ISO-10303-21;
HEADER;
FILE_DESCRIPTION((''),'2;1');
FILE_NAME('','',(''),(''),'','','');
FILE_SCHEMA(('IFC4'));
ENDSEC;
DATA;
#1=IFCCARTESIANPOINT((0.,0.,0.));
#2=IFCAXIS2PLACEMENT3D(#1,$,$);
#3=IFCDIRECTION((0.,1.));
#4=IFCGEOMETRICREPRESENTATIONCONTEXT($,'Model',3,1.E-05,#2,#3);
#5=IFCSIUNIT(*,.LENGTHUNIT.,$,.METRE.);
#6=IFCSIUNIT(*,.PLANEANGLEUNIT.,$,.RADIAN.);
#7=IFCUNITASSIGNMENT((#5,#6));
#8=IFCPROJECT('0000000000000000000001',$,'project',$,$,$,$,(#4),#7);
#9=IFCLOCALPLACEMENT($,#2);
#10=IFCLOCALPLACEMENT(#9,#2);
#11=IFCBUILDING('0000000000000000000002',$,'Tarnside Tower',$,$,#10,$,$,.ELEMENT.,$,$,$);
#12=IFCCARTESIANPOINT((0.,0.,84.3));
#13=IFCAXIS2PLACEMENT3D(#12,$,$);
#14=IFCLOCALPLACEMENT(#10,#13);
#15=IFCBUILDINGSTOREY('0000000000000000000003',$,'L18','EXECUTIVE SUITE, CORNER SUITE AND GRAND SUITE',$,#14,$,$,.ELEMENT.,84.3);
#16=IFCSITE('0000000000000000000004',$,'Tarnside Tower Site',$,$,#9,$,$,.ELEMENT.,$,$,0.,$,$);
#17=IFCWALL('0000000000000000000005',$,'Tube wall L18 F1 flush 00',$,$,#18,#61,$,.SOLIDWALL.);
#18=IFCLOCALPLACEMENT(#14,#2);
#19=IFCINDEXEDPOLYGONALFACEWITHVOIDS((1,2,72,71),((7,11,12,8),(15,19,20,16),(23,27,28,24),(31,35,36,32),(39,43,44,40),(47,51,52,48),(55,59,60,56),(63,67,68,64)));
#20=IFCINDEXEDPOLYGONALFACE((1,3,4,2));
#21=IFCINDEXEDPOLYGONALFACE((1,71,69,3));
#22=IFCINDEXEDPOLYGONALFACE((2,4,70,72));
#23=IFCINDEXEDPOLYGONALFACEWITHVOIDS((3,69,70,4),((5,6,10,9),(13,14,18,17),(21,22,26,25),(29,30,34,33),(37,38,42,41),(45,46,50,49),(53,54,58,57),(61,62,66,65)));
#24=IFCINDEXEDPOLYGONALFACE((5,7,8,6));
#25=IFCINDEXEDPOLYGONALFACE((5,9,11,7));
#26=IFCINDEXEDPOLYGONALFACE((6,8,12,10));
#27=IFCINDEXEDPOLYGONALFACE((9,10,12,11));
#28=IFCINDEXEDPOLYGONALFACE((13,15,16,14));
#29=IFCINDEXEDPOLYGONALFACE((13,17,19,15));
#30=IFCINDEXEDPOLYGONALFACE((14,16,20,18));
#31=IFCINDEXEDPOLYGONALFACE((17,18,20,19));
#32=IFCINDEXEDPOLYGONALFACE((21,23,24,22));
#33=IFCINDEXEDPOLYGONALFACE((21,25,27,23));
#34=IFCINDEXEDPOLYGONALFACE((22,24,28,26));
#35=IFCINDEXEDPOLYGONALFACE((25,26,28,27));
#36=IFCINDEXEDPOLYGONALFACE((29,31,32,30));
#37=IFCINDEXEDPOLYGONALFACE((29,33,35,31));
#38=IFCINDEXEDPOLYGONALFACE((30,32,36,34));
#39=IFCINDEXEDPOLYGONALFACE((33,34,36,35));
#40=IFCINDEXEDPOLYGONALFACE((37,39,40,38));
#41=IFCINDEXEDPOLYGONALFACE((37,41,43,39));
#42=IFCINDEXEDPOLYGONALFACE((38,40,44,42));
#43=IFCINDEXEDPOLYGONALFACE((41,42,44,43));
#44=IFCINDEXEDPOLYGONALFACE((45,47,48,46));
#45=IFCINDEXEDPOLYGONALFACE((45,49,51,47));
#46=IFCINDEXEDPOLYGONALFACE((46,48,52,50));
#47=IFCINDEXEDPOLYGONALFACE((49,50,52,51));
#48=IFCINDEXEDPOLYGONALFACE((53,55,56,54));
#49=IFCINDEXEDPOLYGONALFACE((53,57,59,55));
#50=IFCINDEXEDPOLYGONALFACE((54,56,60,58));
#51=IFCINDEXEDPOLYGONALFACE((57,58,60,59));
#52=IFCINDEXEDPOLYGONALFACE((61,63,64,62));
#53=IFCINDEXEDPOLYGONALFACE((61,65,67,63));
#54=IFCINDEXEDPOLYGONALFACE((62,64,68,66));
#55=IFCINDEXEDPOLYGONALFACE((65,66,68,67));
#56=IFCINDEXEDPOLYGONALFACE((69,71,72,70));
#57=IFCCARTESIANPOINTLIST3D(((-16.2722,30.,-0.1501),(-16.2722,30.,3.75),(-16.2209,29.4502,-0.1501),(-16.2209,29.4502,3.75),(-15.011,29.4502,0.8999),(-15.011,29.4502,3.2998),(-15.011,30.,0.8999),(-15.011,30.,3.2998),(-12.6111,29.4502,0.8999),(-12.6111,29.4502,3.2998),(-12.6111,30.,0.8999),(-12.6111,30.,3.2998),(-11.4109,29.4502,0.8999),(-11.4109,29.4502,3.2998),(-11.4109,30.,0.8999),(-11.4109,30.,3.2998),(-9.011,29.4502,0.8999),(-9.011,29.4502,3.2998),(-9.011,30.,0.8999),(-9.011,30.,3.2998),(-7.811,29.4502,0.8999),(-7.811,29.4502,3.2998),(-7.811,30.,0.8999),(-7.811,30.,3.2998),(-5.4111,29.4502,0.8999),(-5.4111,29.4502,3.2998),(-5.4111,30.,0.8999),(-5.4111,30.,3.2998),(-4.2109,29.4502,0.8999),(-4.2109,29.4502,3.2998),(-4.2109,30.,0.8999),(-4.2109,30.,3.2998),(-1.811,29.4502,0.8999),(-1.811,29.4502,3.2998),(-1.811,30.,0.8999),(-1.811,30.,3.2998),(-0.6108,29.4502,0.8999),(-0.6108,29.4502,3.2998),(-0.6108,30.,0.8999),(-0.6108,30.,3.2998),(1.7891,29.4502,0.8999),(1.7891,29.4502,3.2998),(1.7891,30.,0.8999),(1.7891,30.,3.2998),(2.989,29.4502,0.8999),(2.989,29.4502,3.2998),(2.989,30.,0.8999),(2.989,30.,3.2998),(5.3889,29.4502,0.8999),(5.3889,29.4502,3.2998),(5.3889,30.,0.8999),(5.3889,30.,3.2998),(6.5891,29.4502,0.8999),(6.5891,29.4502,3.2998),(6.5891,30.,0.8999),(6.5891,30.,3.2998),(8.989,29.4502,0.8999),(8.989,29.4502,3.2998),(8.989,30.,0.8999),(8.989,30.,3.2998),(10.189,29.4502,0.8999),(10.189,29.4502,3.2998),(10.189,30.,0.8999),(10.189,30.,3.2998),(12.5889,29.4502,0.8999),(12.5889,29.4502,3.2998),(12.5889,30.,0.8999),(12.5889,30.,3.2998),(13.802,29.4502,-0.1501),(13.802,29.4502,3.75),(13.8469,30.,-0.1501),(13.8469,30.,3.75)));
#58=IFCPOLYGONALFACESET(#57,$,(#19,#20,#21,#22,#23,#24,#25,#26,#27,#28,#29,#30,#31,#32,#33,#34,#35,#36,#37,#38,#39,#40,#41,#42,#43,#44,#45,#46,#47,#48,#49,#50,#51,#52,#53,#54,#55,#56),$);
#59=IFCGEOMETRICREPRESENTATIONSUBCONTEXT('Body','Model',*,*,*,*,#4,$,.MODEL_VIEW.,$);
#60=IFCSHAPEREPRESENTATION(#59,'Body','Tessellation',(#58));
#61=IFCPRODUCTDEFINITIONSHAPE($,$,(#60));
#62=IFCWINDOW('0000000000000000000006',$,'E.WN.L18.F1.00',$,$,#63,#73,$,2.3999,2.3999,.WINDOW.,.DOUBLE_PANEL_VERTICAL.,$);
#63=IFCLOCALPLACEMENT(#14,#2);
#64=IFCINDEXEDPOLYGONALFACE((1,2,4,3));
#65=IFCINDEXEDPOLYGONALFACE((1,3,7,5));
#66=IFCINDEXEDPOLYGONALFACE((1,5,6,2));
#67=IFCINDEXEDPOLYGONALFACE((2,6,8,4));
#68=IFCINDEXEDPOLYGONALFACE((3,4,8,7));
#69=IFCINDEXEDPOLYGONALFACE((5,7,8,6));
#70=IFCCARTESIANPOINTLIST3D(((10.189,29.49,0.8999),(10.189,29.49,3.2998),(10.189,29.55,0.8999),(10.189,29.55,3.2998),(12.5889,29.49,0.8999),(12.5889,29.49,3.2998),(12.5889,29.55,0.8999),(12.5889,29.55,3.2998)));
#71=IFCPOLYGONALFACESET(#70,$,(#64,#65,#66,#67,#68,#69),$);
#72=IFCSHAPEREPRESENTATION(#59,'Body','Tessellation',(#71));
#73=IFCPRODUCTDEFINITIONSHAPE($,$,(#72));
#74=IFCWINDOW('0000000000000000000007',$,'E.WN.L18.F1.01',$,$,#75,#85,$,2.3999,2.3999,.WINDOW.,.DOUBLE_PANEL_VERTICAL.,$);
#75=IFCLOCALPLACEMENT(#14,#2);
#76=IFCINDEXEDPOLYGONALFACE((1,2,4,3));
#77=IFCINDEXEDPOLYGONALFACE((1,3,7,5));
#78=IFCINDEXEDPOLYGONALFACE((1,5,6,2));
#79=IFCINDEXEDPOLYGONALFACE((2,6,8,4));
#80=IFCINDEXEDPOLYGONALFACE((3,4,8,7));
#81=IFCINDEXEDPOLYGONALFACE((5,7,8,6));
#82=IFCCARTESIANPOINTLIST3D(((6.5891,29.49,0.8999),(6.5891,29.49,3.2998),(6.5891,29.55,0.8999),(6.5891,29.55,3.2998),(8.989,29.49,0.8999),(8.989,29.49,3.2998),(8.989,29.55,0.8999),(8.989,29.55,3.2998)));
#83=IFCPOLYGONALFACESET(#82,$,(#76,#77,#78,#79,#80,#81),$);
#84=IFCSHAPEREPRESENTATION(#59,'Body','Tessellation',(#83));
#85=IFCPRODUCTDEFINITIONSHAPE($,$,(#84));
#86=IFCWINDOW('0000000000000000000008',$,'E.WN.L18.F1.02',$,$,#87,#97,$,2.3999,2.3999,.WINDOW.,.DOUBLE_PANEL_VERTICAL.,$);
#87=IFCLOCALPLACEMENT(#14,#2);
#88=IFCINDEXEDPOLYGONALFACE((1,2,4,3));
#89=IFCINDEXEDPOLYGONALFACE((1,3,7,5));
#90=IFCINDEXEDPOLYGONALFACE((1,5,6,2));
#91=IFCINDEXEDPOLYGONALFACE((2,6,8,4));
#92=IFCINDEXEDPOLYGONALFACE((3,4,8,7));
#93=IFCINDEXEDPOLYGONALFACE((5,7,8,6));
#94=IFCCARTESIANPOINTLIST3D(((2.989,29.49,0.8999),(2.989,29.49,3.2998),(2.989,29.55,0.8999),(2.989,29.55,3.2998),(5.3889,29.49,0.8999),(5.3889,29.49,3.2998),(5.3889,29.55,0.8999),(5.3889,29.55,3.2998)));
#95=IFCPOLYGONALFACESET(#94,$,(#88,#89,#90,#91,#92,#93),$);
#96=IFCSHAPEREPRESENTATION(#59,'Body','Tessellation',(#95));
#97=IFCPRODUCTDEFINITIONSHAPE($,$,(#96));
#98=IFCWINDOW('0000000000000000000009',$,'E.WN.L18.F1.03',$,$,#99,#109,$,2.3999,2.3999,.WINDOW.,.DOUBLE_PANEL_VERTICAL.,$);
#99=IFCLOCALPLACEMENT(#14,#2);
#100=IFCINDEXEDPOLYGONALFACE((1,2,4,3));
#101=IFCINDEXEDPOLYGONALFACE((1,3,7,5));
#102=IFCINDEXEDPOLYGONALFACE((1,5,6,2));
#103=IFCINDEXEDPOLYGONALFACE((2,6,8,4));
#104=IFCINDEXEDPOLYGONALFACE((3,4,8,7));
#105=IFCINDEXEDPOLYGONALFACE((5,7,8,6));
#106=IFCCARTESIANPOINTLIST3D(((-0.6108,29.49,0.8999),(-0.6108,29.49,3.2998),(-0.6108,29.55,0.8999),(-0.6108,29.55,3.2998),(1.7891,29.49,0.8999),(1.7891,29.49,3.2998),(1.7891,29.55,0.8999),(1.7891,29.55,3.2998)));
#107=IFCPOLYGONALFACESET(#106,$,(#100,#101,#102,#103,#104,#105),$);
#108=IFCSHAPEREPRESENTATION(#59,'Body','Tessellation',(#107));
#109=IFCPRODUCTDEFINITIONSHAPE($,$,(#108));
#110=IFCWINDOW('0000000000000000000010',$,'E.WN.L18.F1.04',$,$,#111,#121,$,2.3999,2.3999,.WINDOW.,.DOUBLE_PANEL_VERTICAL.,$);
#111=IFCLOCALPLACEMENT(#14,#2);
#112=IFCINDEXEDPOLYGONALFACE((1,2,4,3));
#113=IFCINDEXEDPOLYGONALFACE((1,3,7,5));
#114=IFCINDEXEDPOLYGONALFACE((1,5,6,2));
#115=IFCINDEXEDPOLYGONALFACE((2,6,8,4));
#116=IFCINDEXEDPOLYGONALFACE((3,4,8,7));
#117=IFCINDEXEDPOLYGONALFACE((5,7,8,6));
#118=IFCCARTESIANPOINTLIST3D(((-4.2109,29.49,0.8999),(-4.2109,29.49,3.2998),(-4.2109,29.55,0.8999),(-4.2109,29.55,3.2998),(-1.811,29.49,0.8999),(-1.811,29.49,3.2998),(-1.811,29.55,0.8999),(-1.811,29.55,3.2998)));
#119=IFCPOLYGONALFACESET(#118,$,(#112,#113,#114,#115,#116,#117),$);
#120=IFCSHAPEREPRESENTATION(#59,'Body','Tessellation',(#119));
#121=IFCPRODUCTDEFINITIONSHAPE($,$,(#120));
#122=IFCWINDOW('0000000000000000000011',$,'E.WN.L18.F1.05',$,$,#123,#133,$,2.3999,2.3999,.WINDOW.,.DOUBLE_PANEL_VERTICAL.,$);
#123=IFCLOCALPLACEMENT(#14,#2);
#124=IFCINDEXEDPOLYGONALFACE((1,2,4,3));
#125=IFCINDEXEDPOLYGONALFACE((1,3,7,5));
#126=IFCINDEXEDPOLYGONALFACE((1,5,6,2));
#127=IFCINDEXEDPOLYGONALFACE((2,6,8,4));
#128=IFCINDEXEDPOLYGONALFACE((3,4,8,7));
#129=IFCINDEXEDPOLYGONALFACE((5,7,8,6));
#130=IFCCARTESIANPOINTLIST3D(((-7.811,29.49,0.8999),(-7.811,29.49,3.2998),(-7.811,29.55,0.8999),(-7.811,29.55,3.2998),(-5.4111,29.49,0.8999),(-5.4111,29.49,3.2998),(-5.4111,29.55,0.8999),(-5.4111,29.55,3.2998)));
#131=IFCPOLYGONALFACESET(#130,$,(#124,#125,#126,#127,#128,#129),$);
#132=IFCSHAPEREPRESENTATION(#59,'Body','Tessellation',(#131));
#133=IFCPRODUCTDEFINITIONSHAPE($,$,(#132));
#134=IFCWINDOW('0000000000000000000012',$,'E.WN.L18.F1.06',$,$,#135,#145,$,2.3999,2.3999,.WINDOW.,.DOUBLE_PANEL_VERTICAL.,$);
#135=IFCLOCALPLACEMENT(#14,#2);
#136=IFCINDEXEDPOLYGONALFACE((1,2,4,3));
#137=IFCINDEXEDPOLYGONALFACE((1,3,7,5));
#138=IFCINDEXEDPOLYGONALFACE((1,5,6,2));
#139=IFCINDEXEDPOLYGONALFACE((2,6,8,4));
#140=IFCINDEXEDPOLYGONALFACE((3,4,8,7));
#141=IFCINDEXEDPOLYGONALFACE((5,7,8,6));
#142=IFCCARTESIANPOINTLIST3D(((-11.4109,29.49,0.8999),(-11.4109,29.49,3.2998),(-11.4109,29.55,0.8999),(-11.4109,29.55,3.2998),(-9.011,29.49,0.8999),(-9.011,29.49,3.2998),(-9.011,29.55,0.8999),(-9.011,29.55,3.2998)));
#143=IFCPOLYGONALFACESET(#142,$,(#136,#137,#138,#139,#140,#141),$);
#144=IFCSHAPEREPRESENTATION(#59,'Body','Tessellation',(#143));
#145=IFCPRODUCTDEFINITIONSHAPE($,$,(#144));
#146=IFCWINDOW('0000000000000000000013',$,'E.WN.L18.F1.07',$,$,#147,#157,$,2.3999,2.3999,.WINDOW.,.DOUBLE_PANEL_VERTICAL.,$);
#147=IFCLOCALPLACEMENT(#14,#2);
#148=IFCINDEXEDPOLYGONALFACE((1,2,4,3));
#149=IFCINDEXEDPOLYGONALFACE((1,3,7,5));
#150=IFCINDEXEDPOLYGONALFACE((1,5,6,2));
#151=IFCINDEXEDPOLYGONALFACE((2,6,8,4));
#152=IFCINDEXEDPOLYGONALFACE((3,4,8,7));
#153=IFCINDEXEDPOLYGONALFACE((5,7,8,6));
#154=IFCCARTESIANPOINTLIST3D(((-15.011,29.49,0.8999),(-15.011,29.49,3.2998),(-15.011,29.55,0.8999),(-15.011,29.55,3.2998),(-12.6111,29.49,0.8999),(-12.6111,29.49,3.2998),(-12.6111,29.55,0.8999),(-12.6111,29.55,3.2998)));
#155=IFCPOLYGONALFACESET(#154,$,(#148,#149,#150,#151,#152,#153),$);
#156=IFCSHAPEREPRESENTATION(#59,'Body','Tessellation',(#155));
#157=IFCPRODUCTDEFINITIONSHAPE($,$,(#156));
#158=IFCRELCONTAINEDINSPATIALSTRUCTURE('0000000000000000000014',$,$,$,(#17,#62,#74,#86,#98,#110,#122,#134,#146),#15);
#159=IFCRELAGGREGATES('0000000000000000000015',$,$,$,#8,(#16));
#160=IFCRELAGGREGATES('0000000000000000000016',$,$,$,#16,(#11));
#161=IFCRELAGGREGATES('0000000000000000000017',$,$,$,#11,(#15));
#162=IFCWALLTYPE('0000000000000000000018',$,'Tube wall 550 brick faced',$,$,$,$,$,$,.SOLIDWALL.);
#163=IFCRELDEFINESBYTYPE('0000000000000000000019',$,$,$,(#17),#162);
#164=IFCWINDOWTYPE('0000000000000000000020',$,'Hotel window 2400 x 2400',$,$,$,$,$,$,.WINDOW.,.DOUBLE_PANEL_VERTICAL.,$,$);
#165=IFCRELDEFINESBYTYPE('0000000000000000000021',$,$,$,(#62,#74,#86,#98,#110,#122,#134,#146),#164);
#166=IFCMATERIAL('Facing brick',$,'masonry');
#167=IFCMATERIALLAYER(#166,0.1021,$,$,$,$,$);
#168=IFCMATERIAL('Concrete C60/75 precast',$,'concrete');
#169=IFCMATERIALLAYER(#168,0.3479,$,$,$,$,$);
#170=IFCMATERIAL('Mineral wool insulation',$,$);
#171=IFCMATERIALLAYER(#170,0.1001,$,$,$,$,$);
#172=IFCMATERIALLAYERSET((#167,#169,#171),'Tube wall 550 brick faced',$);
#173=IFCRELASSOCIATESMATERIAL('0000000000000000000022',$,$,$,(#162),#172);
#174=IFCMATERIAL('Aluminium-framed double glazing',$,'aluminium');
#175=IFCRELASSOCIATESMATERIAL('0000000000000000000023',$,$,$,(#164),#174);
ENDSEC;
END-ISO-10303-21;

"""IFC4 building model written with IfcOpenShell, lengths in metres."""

from ifc_helpers import new_model, si_unit, direction, frame, frame_2d, origin, place, context, subcontext, project, spatial, polyline, rectangle, outline, extrude, material, layer, layer_set, type_object, element, fill, save


model = new_model("IFC4")

# Units and contexts
model_context = context("Model", 3, precision=1e-05, world=origin(), true_north=direction((0.0, 1.0)))
body_context = subcontext(model_context, "Body", "Model", "MODEL_VIEW")
ifc_project = project(units=[si_unit("LENGTHUNIT", "METRE"), si_unit("PLANEANGLEUNIT", "RADIAN")], contexts=[model_context])

# Site, building, storey
site_placement = place(None, origin())
site = spatial("IfcSite", under=ifc_project, at=site_placement, Name="Tarnside Tower Site", CompositionType="ELEMENT", RefElevation=0.0)
building_placement = place(site_placement, origin())
building = spatial("IfcBuilding", under=site, at=building_placement, Name="Tarnside Tower", CompositionType="ELEMENT")
storey_placement = place(building_placement, frame((0.0, 0.0, 84.3)))
storey = spatial("IfcBuildingStorey", under=building, at=storey_placement, Name="L18", Description="EXECUTIVE SUITE, CORNER SUITE AND GRAND SUITE", CompositionType="ELEMENT", Elevation=84.3)

# Wall, openings, windows
ifc_material_1 = material(Name="Facing brick", Category="masonry")
ifc_layer_1 = layer(ifc_material_1, 0.1021)
ifc_material_2 = material(Name="Concrete C60/75 precast", Category="concrete")
ifc_layer_2 = layer(ifc_material_2, 0.3479)
ifc_material_3 = material(Name="Mineral wool insulation")
ifc_layer_3 = layer(ifc_material_3, 0.1001)
ifc_layer_set_1 = layer_set([ifc_layer_1, ifc_layer_2, ifc_layer_3], Name="Tube wall 550 brick faced")
wall_type_1 = type_object("IfcWallType", Name="Tube wall 550 brick faced", PredefinedType="SOLIDWALL", material=ifc_layer_set_1)
wall_1_placement = place(storey_placement, frame((13.8245, 29.7251, -0.1501), z_axis=(0.0, 0.0, 1.0), x_axis=(-1.0, 0.0, 0.0)))
wall_1 = element("IfcWall", 1, at=wall_1_placement, inside=storey, type_object=wall_type_1, Name="Tube wall L18 F1 flush 00", PredefinedType="SOLIDWALL", context=body_context, shape_type="SweptSolid", body=[
    extrude(outline(polyline([(-0.0225, -0.2749), (30.0967, -0.2749), (30.0454, 0.2749), (0.0225, 0.2749), (-0.0225, -0.2749)])), origin(), (0.0, 0.0, 1.0), 3.9001),
])
opening_1_placement = place(wall_1_placement, frame((1.2356, 0.0, 1.05)))
opening_1 = element("IfcOpeningElement", 2, at=opening_1_placement, cuts=wall_1, PredefinedType="OPENING", context=body_context, shape_type="SweptSolid", body=[
    extrude(rectangle(XDim=2.3999, YDim=2.3999, at=frame_2d((1.2, 1.2))), frame((0.0, 0.2852, 0.0), z_axis=(0.0, -1.0, 0.0), x_axis=(1.0, 0.0, 0.0)), (0.0, 0.0, 1.0), 0.5701),
])
opening_2_placement = place(wall_1_placement, frame((4.8354, 0.0, 1.05)))
opening_2 = element("IfcOpeningElement", 3, at=opening_2_placement, cuts=wall_1, PredefinedType="OPENING", context=body_context, shape_type="SweptSolid", body=[
    extrude(rectangle(XDim=2.3999, YDim=2.3999, at=frame_2d((1.2, 1.2))), frame((0.0, 0.2852, 0.0), z_axis=(0.0, -1.0, 0.0), x_axis=(1.0, 0.0, 0.0)), (0.0, 0.0, 1.0), 0.5701),
])
opening_3_placement = place(wall_1_placement, frame((8.4355, 0.0, 1.05)))
opening_3 = element("IfcOpeningElement", 4, at=opening_3_placement, cuts=wall_1, PredefinedType="OPENING", context=body_context, shape_type="SweptSolid", body=[
    extrude(rectangle(XDim=2.3999, YDim=2.3999, at=frame_2d((1.2, 1.2))), frame((0.0, 0.2852, 0.0), z_axis=(0.0, -1.0, 0.0), x_axis=(1.0, 0.0, 0.0)), (0.0, 0.0, 1.0), 0.5701),
])
opening_4_placement = place(wall_1_placement, frame((12.0354, 0.0, 1.05)))
opening_4 = element("IfcOpeningElement", 5, at=opening_4_placement, cuts=wall_1, PredefinedType="OPENING", context=body_context, shape_type="SweptSolid", body=[
    extrude(rectangle(XDim=2.3999, YDim=2.3999, at=frame_2d((1.2, 1.2))), frame((0.0, 0.2852, 0.0), z_axis=(0.0, -1.0, 0.0), x_axis=(1.0, 0.0, 0.0)), (0.0, 0.0, 1.0), 0.5701),
])
opening_5_placement = place(wall_1_placement, frame((15.6355, 0.0, 1.05)))
opening_5 = element("IfcOpeningElement", 6, at=opening_5_placement, cuts=wall_1, PredefinedType="OPENING", context=body_context, shape_type="SweptSolid", body=[
    extrude(rectangle(XDim=2.3999, YDim=2.3999, at=frame_2d((1.2, 1.2))), frame((0.0, 0.2852, 0.0), z_axis=(0.0, -1.0, 0.0), x_axis=(1.0, 0.0, 0.0)), (0.0, 0.0, 1.0), 0.5701),
])
opening_6_placement = place(wall_1_placement, frame((19.2356, 0.0, 1.05)))
opening_6 = element("IfcOpeningElement", 7, at=opening_6_placement, cuts=wall_1, PredefinedType="OPENING", context=body_context, shape_type="SweptSolid", body=[
    extrude(rectangle(XDim=2.3999, YDim=2.3999, at=frame_2d((1.2, 1.2))), frame((0.0, 0.2852, 0.0), z_axis=(0.0, -1.0, 0.0), x_axis=(1.0, 0.0, 0.0)), (0.0, 0.0, 1.0), 0.5701),
])
opening_7_placement = place(wall_1_placement, frame((22.8354, 0.0, 1.05)))
opening_7 = element("IfcOpeningElement", 8, at=opening_7_placement, cuts=wall_1, PredefinedType="OPENING", context=body_context, shape_type="SweptSolid", body=[
    extrude(rectangle(XDim=2.3999, YDim=2.3999, at=frame_2d((1.2, 1.2))), frame((0.0, 0.2852, 0.0), z_axis=(0.0, -1.0, 0.0), x_axis=(1.0, 0.0, 0.0)), (0.0, 0.0, 1.0), 0.5701),
])
opening_8_placement = place(wall_1_placement, frame((26.4355, 0.0, 1.05)))
opening_8 = element("IfcOpeningElement", 9, at=opening_8_placement, cuts=wall_1, PredefinedType="OPENING", context=body_context, shape_type="SweptSolid", body=[
    extrude(rectangle(XDim=2.3999, YDim=2.3999, at=frame_2d((1.2, 1.2))), frame((0.0, 0.2852, 0.0), z_axis=(0.0, -1.0, 0.0), x_axis=(1.0, 0.0, 0.0)), (0.0, 0.0, 1.0), 0.5701),
])
ifc_material_4 = material(Name="Aluminium-framed double glazing", Category="aluminium")
window_type = type_object("IfcWindowType", Name="Hotel window 2400 x 2400", PartitioningType="DOUBLE_PANEL_VERTICAL", PredefinedType="WINDOW", material=ifc_material_4)
window_1_placement = place(opening_1_placement, frame((0.0, 0.2051, 0.0)))
window_1 = element("IfcWindow", 10, at=window_1_placement, inside=storey, type_object=window_type, Name="E.WN.L18.F1.00", OverallHeight=2.3999, OverallWidth=2.3999, PartitioningType="DOUBLE_PANEL_VERTICAL", PredefinedType="WINDOW", context=body_context, shape_type="SweptSolid", body=[
    extrude(rectangle(XDim=2.3999, YDim=2.3999, at=frame_2d((1.2, 1.2))), frame((0.0, 0.03, 0.0), z_axis=(0.0, -1.0, 0.0), x_axis=(1.0, 0.0, 0.0)), (0.0, 0.0, 1.0), 0.0601),
])
fill(opening_1, window_1)
window_2_placement = place(opening_2_placement, frame((0.0, 0.2051, 0.0)))
window_2 = element("IfcWindow", 11, at=window_2_placement, inside=storey, type_object=window_type, Name="E.WN.L18.F1.01", OverallHeight=2.3999, OverallWidth=2.3999, PartitioningType="DOUBLE_PANEL_VERTICAL", PredefinedType="WINDOW", context=body_context, shape_type="SweptSolid", body=[
    extrude(rectangle(XDim=2.3999, YDim=2.3999, at=frame_2d((1.2, 1.2))), frame((0.0, 0.03, 0.0), z_axis=(0.0, -1.0, 0.0), x_axis=(1.0, 0.0, 0.0)), (0.0, 0.0, 1.0), 0.0601),
])
fill(opening_2, window_2)
window_3_placement = place(opening_3_placement, frame((0.0, 0.2051, 0.0)))
window_3 = element("IfcWindow", 12, at=window_3_placement, inside=storey, type_object=window_type, Name="E.WN.L18.F1.02", OverallHeight=2.3999, OverallWidth=2.3999, PartitioningType="DOUBLE_PANEL_VERTICAL", PredefinedType="WINDOW", context=body_context, shape_type="SweptSolid", body=[
    extrude(rectangle(XDim=2.3999, YDim=2.3999, at=frame_2d((1.2, 1.2))), frame((0.0, 0.03, 0.0), z_axis=(0.0, -1.0, 0.0), x_axis=(1.0, 0.0, 0.0)), (0.0, 0.0, 1.0), 0.0601),
])
fill(opening_3, window_3)
window_4_placement = place(opening_4_placement, frame((0.0, 0.2051, 0.0)))
window_4 = element("IfcWindow", 13, at=window_4_placement, inside=storey, type_object=window_type, Name="E.WN.L18.F1.03", OverallHeight=2.3999, OverallWidth=2.3999, PartitioningType="DOUBLE_PANEL_VERTICAL", PredefinedType="WINDOW", context=body_context, shape_type="SweptSolid", body=[
    extrude(rectangle(XDim=2.3999, YDim=2.3999, at=frame_2d((1.2, 1.2))), frame((0.0, 0.03, 0.0), z_axis=(0.0, -1.0, 0.0), x_axis=(1.0, 0.0, 0.0)), (0.0, 0.0, 1.0), 0.0601),
])
fill(opening_4, window_4)
window_5_placement = place(opening_5_placement, frame((0.0, 0.2051, 0.0)))
window_5 = element("IfcWindow", 14, at=window_5_placement, inside=storey, type_object=window_type, Name="E.WN.L18.F1.04", OverallHeight=2.3999, OverallWidth=2.3999, PartitioningType="DOUBLE_PANEL_VERTICAL", PredefinedType="WINDOW", context=body_context, shape_type="SweptSolid", body=[
    extrude(rectangle(XDim=2.3999, YDim=2.3999, at=frame_2d((1.2, 1.2))), frame((0.0, 0.03, 0.0), z_axis=(0.0, -1.0, 0.0), x_axis=(1.0, 0.0, 0.0)), (0.0, 0.0, 1.0), 0.0601),
])
fill(opening_5, window_5)
window_6_placement = place(opening_6_placement, frame((0.0, 0.2051, 0.0)))
window_6 = element("IfcWindow", 15, at=window_6_placement, inside=storey, type_object=window_type, Name="E.WN.L18.F1.05", OverallHeight=2.3999, OverallWidth=2.3999, PartitioningType="DOUBLE_PANEL_VERTICAL", PredefinedType="WINDOW", context=body_context, shape_type="SweptSolid", body=[
    extrude(rectangle(XDim=2.3999, YDim=2.3999, at=frame_2d((1.2, 1.2))), frame((0.0, 0.03, 0.0), z_axis=(0.0, -1.0, 0.0), x_axis=(1.0, 0.0, 0.0)), (0.0, 0.0, 1.0), 0.0601),
])
fill(opening_6, window_6)
window_7_placement = place(opening_7_placement, frame((0.0, 0.2051, 0.0)))
window_7 = element("IfcWindow", 16, at=window_7_placement, inside=storey, type_object=window_type, Name="E.WN.L18.F1.06", OverallHeight=2.3999, OverallWidth=2.3999, PartitioningType="DOUBLE_PANEL_VERTICAL", PredefinedType="WINDOW", context=body_context, shape_type="SweptSolid", body=[
    extrude(rectangle(XDim=2.3999, YDim=2.3999, at=frame_2d((1.2, 1.2))), frame((0.0, 0.03, 0.0), z_axis=(0.0, -1.0, 0.0), x_axis=(1.0, 0.0, 0.0)), (0.0, 0.0, 1.0), 0.0601),
])
fill(opening_7, window_7)
window_8_placement = place(opening_8_placement, frame((0.0, 0.2051, 0.0)))
window_8 = element("IfcWindow", 17, at=window_8_placement, inside=storey, type_object=window_type, Name="E.WN.L18.F1.07", OverallHeight=2.3999, OverallWidth=2.3999, PartitioningType="DOUBLE_PANEL_VERTICAL", PredefinedType="WINDOW", context=body_context, shape_type="SweptSolid", body=[
    extrude(rectangle(XDim=2.3999, YDim=2.3999, at=frame_2d((1.2, 1.2))), frame((0.0, 0.03, 0.0), z_axis=(0.0, -1.0, 0.0), x_axis=(1.0, 0.0, 0.0)), (0.0, 0.0, 1.0), 0.0601),
])
fill(opening_8, window_8)

save(model, "model.ifc")
